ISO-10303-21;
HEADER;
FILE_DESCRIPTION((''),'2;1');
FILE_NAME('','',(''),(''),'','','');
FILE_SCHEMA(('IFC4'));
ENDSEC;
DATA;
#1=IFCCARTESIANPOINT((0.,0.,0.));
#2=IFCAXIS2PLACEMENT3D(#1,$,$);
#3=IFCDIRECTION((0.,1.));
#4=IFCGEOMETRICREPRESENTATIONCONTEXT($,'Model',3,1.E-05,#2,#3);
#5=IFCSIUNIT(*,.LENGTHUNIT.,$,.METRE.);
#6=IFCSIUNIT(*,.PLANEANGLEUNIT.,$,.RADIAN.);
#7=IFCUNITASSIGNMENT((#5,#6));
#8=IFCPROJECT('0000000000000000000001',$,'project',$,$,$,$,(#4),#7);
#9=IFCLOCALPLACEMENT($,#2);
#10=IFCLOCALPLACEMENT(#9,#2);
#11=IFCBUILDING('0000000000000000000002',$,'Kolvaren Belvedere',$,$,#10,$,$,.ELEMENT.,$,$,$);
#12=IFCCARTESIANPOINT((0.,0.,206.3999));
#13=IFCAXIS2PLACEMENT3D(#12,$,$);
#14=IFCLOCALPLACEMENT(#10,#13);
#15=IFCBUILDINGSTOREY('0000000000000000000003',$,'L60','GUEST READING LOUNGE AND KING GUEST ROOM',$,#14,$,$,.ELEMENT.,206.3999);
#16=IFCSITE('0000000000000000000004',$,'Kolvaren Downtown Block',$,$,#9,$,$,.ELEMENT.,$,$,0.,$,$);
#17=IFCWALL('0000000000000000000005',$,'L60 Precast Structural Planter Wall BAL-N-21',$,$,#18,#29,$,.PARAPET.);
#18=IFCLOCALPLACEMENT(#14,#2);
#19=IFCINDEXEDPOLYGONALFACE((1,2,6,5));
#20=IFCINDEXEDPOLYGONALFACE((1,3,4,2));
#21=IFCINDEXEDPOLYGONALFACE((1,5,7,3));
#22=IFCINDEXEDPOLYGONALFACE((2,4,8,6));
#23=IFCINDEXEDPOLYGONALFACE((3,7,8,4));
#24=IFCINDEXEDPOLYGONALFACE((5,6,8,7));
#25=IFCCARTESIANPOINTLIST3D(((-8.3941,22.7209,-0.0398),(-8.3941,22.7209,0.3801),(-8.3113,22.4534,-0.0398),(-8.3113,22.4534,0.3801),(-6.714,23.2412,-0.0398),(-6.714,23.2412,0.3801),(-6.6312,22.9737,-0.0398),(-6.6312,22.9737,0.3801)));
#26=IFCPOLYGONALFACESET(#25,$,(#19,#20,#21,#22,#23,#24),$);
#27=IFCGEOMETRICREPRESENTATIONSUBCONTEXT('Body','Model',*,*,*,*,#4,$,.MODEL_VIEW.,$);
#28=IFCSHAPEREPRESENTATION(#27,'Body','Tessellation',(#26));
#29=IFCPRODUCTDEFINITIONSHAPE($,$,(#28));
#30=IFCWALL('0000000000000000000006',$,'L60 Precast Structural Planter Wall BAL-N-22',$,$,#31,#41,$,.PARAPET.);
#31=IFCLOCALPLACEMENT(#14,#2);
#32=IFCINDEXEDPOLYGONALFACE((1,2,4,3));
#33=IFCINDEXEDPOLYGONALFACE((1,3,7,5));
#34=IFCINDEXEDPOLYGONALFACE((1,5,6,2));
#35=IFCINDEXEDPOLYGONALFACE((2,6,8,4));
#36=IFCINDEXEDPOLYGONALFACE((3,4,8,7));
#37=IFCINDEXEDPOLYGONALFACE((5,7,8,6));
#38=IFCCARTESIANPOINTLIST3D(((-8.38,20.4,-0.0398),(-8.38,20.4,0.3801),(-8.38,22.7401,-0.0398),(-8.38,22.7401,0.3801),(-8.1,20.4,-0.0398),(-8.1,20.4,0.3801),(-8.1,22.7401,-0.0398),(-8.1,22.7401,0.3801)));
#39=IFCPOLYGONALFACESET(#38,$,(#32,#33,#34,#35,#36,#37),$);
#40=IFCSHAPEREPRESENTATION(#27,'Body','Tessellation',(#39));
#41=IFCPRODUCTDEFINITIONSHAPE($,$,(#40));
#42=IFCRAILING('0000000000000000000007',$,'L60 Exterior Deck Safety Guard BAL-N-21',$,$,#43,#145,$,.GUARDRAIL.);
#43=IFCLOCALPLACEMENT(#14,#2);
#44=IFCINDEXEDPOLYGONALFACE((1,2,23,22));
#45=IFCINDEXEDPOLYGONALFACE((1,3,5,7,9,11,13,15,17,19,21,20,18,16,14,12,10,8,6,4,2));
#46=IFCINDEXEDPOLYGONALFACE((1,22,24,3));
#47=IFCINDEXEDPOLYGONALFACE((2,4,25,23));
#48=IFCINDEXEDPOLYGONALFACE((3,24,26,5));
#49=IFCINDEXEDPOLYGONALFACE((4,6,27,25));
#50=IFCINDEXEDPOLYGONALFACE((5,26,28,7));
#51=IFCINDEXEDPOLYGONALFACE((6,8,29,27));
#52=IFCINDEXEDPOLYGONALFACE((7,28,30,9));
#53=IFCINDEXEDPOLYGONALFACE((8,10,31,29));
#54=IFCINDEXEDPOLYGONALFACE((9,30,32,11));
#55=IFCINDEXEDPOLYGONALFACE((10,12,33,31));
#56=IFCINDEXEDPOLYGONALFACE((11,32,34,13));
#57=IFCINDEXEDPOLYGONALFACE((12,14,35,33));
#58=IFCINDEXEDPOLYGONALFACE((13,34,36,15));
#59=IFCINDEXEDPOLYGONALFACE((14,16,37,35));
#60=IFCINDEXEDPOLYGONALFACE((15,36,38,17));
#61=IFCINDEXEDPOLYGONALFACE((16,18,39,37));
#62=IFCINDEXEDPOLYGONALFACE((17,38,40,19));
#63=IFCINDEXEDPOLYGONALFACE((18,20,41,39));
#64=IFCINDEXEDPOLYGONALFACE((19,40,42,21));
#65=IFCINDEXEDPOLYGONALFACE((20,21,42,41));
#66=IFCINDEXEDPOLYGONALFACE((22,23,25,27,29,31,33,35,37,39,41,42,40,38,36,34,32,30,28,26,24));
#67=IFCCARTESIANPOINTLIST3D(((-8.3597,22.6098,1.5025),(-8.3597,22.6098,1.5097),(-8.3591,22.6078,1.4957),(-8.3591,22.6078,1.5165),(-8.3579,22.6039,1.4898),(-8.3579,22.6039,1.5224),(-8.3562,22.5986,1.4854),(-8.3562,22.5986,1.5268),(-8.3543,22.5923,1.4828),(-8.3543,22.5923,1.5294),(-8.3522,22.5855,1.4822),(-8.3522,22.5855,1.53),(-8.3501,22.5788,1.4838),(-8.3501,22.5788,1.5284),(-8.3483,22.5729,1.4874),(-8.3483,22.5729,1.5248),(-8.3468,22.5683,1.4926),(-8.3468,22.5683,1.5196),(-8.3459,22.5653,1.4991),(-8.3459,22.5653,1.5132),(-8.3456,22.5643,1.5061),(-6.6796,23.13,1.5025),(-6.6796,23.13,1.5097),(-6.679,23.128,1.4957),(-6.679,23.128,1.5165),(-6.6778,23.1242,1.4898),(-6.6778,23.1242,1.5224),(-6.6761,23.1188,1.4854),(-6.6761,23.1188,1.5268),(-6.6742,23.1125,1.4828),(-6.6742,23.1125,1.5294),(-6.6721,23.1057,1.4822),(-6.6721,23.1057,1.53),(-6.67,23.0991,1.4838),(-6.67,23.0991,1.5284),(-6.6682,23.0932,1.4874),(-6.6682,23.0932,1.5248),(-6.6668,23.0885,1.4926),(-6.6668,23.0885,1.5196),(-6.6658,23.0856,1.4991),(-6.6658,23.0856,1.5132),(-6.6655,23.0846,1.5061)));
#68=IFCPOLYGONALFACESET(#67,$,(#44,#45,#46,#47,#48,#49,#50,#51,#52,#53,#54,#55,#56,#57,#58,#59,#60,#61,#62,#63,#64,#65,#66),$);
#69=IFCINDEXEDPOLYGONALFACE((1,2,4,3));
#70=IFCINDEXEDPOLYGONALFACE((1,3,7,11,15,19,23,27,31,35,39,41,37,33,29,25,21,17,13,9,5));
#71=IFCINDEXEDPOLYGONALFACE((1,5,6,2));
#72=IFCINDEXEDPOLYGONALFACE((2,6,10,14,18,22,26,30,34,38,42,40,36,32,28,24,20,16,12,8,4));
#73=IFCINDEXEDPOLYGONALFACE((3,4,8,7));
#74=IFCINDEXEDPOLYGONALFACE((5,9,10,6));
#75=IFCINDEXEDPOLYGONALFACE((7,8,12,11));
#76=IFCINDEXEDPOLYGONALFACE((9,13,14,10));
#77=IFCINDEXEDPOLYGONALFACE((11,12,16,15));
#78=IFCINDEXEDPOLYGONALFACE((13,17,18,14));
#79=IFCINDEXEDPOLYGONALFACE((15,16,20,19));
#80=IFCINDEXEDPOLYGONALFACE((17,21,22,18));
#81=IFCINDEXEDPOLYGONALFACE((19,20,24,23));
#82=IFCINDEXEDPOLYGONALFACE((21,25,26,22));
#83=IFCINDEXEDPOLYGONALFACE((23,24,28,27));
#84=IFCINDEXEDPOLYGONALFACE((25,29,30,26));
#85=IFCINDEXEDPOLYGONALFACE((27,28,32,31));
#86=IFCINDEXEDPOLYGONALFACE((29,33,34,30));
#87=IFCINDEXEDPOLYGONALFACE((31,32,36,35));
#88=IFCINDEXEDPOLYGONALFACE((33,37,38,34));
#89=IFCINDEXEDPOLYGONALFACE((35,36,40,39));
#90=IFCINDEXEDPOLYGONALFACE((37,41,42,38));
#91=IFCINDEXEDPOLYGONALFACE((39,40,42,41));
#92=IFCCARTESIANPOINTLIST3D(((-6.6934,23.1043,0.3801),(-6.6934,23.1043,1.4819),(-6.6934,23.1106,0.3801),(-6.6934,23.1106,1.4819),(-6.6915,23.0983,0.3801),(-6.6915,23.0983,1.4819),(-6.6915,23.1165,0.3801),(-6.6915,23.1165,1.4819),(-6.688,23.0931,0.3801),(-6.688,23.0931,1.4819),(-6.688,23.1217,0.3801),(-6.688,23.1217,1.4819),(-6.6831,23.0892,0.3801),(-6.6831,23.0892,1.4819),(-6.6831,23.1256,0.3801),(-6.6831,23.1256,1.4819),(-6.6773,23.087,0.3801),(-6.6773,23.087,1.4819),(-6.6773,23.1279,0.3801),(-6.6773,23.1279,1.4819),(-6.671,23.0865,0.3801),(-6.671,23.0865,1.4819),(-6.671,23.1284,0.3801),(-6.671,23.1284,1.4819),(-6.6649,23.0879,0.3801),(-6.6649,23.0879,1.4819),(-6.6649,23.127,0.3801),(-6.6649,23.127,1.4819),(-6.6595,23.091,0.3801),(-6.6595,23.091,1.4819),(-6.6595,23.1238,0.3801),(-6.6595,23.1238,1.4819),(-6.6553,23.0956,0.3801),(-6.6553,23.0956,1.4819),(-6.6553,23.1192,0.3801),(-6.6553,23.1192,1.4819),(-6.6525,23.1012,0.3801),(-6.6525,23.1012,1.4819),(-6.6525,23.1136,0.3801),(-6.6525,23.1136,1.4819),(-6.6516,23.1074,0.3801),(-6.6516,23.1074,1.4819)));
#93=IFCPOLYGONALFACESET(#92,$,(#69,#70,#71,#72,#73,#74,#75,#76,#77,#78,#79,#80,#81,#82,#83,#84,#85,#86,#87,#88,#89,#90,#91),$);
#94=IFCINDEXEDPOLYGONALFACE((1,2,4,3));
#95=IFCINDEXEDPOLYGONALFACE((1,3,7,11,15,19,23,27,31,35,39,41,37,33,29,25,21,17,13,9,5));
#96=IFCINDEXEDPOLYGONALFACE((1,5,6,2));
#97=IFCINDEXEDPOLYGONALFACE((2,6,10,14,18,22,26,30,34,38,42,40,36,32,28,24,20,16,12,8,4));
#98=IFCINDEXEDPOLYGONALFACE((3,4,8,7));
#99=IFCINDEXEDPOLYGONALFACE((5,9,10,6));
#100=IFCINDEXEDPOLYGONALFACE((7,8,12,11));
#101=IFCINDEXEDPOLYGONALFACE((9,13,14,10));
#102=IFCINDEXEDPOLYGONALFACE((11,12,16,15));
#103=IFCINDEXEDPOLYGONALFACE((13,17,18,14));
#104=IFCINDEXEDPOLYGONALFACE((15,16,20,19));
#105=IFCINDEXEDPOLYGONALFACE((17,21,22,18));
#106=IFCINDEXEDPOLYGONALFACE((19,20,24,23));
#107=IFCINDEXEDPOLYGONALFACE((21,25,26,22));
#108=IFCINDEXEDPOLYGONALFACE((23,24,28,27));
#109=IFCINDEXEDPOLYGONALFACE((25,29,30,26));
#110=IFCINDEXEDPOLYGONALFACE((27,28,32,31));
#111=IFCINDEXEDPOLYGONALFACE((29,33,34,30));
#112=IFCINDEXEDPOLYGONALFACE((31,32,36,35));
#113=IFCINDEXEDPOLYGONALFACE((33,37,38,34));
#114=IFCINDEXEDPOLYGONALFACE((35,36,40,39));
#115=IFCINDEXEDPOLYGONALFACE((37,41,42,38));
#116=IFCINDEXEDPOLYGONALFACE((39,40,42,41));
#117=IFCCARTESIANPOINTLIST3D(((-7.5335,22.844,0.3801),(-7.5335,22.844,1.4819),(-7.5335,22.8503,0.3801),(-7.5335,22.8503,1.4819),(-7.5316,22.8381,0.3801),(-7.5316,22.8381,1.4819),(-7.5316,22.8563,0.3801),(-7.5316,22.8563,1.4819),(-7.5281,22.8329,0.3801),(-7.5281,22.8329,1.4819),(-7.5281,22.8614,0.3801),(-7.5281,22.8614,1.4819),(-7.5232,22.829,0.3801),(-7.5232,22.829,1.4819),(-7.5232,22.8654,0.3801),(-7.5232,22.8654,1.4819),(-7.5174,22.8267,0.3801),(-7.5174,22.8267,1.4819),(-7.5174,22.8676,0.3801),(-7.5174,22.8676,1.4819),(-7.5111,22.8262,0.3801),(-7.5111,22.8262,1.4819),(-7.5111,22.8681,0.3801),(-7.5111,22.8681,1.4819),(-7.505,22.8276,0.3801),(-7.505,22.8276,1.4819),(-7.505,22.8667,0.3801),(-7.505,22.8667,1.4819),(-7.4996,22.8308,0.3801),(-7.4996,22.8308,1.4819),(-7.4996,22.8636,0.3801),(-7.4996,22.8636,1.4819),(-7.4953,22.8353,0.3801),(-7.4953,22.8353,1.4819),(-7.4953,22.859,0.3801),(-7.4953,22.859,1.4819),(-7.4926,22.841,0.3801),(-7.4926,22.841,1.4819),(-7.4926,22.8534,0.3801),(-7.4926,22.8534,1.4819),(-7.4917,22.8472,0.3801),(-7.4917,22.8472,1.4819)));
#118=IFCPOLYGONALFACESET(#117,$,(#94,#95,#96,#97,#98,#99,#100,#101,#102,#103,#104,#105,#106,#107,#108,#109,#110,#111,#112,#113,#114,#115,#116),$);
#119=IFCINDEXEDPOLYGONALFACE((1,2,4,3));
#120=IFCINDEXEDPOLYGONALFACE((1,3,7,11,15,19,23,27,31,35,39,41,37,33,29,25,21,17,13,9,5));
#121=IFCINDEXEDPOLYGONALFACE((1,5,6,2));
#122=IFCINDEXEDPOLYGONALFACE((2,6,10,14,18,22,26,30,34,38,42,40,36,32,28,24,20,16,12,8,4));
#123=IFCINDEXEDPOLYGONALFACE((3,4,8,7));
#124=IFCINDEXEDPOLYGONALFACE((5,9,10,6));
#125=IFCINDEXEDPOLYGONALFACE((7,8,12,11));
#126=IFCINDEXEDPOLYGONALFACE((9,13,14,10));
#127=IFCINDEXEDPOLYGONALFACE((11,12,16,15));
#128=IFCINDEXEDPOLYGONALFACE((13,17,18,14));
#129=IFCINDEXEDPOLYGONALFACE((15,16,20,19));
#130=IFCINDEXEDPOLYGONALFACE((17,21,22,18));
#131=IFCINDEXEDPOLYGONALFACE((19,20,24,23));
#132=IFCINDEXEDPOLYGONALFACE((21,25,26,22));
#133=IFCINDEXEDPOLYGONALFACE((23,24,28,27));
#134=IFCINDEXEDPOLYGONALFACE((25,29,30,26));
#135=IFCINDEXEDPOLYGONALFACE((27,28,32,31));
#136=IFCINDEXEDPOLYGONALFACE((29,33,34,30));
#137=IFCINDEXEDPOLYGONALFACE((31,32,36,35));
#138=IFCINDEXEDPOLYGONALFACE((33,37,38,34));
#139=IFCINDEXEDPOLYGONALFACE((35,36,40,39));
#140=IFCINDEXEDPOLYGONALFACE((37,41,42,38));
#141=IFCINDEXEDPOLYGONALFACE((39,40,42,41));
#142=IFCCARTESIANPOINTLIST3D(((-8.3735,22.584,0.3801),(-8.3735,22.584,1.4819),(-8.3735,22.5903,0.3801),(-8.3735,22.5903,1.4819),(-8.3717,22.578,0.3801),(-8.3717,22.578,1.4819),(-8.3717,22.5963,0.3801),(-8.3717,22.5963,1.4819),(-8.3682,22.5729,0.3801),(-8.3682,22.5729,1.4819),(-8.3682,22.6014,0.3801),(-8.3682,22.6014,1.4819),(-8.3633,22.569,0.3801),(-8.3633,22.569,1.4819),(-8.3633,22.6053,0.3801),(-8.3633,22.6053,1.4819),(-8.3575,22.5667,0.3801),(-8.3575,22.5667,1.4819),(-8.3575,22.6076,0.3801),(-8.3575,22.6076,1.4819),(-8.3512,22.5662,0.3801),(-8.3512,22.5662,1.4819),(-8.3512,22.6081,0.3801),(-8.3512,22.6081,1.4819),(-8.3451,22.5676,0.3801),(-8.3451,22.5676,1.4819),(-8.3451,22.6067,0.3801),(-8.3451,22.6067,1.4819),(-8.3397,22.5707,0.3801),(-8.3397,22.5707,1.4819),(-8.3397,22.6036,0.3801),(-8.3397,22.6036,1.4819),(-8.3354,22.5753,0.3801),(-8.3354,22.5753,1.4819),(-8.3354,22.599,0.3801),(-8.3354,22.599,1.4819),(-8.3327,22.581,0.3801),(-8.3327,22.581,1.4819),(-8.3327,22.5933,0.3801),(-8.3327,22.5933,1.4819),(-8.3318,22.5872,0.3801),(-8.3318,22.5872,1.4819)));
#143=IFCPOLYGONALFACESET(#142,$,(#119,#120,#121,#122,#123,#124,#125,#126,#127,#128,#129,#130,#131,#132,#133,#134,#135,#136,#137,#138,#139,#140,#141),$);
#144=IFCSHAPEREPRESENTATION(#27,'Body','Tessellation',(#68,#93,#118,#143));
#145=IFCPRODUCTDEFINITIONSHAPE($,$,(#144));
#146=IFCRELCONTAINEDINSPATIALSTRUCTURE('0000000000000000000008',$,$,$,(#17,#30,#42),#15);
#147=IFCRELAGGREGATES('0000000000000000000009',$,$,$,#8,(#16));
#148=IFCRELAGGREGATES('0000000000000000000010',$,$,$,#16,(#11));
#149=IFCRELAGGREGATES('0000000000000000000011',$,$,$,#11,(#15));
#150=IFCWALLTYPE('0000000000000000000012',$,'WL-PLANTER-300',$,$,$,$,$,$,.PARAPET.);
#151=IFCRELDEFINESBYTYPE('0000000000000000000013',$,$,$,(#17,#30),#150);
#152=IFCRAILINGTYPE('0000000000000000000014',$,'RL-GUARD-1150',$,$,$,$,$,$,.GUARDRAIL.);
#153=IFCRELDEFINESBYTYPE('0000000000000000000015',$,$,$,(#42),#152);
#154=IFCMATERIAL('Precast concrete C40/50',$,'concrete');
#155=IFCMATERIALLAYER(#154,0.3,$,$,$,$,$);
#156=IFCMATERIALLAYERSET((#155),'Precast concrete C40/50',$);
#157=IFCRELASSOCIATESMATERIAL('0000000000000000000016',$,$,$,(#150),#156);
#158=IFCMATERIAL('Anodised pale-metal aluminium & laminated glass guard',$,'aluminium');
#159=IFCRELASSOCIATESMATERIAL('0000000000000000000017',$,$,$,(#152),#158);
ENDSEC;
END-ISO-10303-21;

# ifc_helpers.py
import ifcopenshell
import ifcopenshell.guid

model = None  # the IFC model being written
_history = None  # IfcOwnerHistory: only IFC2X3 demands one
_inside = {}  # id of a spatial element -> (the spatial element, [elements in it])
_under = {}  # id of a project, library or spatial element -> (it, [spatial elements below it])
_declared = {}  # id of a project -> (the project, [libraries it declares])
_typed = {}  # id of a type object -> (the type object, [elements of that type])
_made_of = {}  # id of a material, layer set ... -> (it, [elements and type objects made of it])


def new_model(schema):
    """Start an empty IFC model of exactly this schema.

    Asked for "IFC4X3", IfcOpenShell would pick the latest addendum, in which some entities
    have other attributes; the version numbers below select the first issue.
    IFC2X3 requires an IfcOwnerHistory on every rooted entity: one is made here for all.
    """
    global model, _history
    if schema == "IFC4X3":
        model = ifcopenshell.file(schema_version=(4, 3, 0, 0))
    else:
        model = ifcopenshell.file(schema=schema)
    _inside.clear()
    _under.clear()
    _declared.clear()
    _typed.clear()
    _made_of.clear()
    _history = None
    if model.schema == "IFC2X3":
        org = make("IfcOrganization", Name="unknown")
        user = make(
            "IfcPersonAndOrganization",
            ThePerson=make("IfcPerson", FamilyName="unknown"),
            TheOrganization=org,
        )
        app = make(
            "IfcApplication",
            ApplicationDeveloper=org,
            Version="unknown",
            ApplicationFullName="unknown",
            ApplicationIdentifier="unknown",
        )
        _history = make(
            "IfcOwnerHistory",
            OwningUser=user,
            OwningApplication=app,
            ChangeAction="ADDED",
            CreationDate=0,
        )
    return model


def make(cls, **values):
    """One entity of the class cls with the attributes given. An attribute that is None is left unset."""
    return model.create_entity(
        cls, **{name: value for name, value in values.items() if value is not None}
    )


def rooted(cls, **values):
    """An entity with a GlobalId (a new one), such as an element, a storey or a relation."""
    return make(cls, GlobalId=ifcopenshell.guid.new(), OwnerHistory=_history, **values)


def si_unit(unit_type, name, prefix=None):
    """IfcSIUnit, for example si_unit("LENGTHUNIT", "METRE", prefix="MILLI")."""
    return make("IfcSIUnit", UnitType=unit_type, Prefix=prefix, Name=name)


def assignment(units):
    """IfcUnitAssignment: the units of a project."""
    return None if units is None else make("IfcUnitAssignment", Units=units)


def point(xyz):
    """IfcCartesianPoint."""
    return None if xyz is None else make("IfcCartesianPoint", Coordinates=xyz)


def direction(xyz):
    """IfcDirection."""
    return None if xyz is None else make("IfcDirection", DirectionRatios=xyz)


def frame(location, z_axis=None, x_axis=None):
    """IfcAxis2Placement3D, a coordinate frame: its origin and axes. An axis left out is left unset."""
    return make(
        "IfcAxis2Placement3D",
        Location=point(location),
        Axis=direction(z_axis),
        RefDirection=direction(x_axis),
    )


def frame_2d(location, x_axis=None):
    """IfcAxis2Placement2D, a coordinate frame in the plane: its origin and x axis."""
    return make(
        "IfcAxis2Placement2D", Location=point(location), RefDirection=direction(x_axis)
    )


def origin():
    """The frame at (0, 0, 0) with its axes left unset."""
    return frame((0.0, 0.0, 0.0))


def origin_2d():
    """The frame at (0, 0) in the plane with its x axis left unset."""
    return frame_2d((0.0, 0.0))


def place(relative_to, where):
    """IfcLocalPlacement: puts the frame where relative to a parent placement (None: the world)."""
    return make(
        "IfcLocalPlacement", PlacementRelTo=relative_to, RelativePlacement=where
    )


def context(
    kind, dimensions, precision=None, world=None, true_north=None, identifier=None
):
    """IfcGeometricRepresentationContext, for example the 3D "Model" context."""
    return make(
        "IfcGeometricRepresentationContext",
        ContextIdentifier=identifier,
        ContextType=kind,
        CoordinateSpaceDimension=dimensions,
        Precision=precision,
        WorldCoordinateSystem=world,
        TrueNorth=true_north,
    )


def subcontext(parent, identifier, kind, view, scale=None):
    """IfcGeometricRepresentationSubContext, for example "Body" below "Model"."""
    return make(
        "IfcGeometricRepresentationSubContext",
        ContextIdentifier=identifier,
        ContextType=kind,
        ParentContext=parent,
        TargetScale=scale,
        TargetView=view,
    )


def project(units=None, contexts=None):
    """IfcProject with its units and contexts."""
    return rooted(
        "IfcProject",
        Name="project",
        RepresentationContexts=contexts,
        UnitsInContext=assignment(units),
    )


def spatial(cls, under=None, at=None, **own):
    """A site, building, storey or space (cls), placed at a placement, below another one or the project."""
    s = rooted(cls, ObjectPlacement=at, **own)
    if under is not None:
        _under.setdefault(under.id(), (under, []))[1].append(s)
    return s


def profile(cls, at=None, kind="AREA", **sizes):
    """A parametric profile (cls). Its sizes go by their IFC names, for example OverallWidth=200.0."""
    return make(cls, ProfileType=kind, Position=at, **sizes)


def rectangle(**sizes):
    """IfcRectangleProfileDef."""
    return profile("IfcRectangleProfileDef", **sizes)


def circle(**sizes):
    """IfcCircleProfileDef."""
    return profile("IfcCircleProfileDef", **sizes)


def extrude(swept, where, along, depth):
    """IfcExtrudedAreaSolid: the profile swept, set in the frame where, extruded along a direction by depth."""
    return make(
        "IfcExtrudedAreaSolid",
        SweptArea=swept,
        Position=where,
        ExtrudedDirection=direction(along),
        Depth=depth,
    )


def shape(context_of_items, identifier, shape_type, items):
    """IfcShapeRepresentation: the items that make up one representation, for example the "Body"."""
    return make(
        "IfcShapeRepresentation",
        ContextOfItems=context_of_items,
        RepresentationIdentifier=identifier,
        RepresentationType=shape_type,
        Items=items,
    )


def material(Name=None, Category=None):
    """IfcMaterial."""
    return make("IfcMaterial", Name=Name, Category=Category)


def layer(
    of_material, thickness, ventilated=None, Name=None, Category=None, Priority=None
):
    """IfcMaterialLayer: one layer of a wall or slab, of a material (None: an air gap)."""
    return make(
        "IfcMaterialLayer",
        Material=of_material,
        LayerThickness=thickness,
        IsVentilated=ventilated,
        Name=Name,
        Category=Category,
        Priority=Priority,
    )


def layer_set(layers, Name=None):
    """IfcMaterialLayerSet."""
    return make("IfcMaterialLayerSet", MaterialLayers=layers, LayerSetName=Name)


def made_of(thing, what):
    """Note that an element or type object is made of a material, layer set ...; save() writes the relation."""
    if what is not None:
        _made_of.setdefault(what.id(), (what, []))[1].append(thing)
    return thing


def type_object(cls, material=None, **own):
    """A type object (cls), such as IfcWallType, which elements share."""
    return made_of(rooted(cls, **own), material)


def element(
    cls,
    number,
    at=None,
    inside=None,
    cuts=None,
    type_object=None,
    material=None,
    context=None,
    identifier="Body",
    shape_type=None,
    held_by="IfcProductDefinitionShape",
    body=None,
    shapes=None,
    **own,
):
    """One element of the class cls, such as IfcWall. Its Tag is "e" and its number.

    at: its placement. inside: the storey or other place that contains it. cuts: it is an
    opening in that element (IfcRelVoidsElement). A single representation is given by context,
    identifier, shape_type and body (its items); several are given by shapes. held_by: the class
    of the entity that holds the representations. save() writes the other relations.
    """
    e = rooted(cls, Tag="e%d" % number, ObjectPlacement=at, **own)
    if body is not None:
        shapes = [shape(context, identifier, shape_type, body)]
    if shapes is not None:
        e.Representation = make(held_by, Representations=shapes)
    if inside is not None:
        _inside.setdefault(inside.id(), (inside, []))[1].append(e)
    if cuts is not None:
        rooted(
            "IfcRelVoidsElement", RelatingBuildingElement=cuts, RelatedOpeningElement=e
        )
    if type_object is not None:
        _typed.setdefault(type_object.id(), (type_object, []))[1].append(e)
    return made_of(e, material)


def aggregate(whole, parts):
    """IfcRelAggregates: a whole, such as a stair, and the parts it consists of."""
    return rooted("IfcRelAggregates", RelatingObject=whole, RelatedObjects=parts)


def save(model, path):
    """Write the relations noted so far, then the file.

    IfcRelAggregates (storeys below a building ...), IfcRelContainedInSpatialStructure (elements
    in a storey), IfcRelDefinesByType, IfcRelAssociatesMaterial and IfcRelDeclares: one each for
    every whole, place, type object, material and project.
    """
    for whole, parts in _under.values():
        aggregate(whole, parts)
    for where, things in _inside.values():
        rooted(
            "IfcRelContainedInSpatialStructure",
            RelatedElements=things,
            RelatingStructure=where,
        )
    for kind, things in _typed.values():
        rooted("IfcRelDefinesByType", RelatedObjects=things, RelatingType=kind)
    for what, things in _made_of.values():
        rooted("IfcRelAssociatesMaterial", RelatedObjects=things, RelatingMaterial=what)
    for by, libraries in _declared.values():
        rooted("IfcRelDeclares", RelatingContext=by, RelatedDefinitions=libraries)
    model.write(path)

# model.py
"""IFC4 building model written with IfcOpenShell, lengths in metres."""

from ifc_helpers import new_model, si_unit, direction, frame, frame_2d, origin, origin_2d, place, context, subcontext, project, spatial, rectangle, circle, extrude, material, layer, layer_set, type_object, element, save


model = new_model("IFC4")

# Units and contexts
model_context = context("Model", 3, precision=1e-05, world=origin(), true_north=direction((0.0, 1.0)))
body_context = subcontext(model_context, "Body", "Model", "MODEL_VIEW")
ifc_project = project(units=[si_unit("LENGTHUNIT", "METRE"), si_unit("PLANEANGLEUNIT", "RADIAN")], contexts=[model_context])

# Site, building, storey
site_placement = place(None, origin())
site = spatial("IfcSite", under=ifc_project, at=site_placement, Name="Kolvaren Downtown Block", CompositionType="ELEMENT", RefElevation=0.0)
building_placement = place(site_placement, origin())
building = spatial("IfcBuilding", under=site, at=building_placement, Name="Kolvaren Belvedere", CompositionType="ELEMENT")
storey_placement = place(building_placement, frame((0.0, 0.0, 206.3999)))
storey = spatial("IfcBuildingStorey", under=building, at=storey_placement, Name="L60", Description="GUEST READING LOUNGE AND KING GUEST ROOM", CompositionType="ELEMENT", Elevation=206.3999)

# Walls
ifc_material_1 = material(Name="Precast concrete C40/50", Category="concrete")
ifc_layer_1 = layer(ifc_material_1, 0.3)
ifc_layer_set_1 = layer_set([ifc_layer_1], Name="Precast concrete C40/50")
wall_type_1 = type_object("IfcWallType", Name="WL-PLANTER-300", PredefinedType="PARAPET", material=ifc_layer_set_1)
wall_1_placement = place(storey_placement, frame((-6.6726, 23.1074, -0.0398), z_axis=(0.0, 0.0, 1.0), x_axis=(-0.955252, -0.295792, 0.0)))
element("IfcWall", 1, at=wall_1_placement, inside=storey, type_object=wall_type_1, Name="L60 Precast Structural Planter Wall BAL-N-21", PredefinedType="PARAPET", context=body_context, shape_type="SweptSolid", body=[
    extrude(rectangle(XDim=1.7588, YDim=0.28, at=frame_2d((0.8794, 0.0))), origin(), (0.0, 0.0, 1.0), 0.4199),
])
wall_2_placement = place(storey_placement, frame((-8.24, 22.74, -0.0398), z_axis=(0.0, 0.0, 1.0), x_axis=(0.0, -1.0, 0.0)))
element("IfcWall", 2, at=wall_2_placement, inside=storey, type_object=wall_type_1, Name="L60 Precast Structural Planter Wall BAL-N-22", PredefinedType="PARAPET", context=body_context, shape_type="SweptSolid", body=[
    extrude(rectangle(XDim=2.3401, YDim=0.28, at=frame_2d((1.1699, 0.0))), origin(), (0.0, 0.0, 1.0), 0.4199),
])

# Railing
ifc_material_2 = material(Name="Anodised pale-metal aluminium & laminated glass guard", Category="aluminium")
railing_type = type_object("IfcRailingType", Name="RL-GUARD-1150", PredefinedType="GUARDRAIL", material=ifc_material_2)
railing_1_placement = place(storey_placement, frame((-6.6726, 23.1074, 0.3801)))
element("IfcRailing", 3, at=railing_1_placement, inside=storey, type_object=railing_type, Name="L60 Exterior Deck Safety Guard BAL-N-21", PredefinedType="GUARDRAIL", context=body_context, shape_type="SweptSolid", body=[
    extrude(circle(Radius=0.0239, at=origin_2d()), frame((0.0, 0.0, 1.126), z_axis=(-0.955252, -0.295792, 0.0), x_axis=(0.295792, -0.955252, 0.0)), (0.0, 0.0, 1.0), 1.7588),
    extrude(circle(Radius=0.021, at=origin_2d()), origin(), (0.0, 0.0, 1.0), 1.1018),
    extrude(circle(Radius=0.021, at=origin_2d()), frame((-0.8401, -0.2603, 0.0)), (0.0, 0.0, 1.0), 1.1018),
    extrude(circle(Radius=0.021, at=origin_2d()), frame((-1.6802, -0.5203, 0.0)), (0.0, 0.0, 1.0), 1.1018),
])

save(model, "model.ifc")
